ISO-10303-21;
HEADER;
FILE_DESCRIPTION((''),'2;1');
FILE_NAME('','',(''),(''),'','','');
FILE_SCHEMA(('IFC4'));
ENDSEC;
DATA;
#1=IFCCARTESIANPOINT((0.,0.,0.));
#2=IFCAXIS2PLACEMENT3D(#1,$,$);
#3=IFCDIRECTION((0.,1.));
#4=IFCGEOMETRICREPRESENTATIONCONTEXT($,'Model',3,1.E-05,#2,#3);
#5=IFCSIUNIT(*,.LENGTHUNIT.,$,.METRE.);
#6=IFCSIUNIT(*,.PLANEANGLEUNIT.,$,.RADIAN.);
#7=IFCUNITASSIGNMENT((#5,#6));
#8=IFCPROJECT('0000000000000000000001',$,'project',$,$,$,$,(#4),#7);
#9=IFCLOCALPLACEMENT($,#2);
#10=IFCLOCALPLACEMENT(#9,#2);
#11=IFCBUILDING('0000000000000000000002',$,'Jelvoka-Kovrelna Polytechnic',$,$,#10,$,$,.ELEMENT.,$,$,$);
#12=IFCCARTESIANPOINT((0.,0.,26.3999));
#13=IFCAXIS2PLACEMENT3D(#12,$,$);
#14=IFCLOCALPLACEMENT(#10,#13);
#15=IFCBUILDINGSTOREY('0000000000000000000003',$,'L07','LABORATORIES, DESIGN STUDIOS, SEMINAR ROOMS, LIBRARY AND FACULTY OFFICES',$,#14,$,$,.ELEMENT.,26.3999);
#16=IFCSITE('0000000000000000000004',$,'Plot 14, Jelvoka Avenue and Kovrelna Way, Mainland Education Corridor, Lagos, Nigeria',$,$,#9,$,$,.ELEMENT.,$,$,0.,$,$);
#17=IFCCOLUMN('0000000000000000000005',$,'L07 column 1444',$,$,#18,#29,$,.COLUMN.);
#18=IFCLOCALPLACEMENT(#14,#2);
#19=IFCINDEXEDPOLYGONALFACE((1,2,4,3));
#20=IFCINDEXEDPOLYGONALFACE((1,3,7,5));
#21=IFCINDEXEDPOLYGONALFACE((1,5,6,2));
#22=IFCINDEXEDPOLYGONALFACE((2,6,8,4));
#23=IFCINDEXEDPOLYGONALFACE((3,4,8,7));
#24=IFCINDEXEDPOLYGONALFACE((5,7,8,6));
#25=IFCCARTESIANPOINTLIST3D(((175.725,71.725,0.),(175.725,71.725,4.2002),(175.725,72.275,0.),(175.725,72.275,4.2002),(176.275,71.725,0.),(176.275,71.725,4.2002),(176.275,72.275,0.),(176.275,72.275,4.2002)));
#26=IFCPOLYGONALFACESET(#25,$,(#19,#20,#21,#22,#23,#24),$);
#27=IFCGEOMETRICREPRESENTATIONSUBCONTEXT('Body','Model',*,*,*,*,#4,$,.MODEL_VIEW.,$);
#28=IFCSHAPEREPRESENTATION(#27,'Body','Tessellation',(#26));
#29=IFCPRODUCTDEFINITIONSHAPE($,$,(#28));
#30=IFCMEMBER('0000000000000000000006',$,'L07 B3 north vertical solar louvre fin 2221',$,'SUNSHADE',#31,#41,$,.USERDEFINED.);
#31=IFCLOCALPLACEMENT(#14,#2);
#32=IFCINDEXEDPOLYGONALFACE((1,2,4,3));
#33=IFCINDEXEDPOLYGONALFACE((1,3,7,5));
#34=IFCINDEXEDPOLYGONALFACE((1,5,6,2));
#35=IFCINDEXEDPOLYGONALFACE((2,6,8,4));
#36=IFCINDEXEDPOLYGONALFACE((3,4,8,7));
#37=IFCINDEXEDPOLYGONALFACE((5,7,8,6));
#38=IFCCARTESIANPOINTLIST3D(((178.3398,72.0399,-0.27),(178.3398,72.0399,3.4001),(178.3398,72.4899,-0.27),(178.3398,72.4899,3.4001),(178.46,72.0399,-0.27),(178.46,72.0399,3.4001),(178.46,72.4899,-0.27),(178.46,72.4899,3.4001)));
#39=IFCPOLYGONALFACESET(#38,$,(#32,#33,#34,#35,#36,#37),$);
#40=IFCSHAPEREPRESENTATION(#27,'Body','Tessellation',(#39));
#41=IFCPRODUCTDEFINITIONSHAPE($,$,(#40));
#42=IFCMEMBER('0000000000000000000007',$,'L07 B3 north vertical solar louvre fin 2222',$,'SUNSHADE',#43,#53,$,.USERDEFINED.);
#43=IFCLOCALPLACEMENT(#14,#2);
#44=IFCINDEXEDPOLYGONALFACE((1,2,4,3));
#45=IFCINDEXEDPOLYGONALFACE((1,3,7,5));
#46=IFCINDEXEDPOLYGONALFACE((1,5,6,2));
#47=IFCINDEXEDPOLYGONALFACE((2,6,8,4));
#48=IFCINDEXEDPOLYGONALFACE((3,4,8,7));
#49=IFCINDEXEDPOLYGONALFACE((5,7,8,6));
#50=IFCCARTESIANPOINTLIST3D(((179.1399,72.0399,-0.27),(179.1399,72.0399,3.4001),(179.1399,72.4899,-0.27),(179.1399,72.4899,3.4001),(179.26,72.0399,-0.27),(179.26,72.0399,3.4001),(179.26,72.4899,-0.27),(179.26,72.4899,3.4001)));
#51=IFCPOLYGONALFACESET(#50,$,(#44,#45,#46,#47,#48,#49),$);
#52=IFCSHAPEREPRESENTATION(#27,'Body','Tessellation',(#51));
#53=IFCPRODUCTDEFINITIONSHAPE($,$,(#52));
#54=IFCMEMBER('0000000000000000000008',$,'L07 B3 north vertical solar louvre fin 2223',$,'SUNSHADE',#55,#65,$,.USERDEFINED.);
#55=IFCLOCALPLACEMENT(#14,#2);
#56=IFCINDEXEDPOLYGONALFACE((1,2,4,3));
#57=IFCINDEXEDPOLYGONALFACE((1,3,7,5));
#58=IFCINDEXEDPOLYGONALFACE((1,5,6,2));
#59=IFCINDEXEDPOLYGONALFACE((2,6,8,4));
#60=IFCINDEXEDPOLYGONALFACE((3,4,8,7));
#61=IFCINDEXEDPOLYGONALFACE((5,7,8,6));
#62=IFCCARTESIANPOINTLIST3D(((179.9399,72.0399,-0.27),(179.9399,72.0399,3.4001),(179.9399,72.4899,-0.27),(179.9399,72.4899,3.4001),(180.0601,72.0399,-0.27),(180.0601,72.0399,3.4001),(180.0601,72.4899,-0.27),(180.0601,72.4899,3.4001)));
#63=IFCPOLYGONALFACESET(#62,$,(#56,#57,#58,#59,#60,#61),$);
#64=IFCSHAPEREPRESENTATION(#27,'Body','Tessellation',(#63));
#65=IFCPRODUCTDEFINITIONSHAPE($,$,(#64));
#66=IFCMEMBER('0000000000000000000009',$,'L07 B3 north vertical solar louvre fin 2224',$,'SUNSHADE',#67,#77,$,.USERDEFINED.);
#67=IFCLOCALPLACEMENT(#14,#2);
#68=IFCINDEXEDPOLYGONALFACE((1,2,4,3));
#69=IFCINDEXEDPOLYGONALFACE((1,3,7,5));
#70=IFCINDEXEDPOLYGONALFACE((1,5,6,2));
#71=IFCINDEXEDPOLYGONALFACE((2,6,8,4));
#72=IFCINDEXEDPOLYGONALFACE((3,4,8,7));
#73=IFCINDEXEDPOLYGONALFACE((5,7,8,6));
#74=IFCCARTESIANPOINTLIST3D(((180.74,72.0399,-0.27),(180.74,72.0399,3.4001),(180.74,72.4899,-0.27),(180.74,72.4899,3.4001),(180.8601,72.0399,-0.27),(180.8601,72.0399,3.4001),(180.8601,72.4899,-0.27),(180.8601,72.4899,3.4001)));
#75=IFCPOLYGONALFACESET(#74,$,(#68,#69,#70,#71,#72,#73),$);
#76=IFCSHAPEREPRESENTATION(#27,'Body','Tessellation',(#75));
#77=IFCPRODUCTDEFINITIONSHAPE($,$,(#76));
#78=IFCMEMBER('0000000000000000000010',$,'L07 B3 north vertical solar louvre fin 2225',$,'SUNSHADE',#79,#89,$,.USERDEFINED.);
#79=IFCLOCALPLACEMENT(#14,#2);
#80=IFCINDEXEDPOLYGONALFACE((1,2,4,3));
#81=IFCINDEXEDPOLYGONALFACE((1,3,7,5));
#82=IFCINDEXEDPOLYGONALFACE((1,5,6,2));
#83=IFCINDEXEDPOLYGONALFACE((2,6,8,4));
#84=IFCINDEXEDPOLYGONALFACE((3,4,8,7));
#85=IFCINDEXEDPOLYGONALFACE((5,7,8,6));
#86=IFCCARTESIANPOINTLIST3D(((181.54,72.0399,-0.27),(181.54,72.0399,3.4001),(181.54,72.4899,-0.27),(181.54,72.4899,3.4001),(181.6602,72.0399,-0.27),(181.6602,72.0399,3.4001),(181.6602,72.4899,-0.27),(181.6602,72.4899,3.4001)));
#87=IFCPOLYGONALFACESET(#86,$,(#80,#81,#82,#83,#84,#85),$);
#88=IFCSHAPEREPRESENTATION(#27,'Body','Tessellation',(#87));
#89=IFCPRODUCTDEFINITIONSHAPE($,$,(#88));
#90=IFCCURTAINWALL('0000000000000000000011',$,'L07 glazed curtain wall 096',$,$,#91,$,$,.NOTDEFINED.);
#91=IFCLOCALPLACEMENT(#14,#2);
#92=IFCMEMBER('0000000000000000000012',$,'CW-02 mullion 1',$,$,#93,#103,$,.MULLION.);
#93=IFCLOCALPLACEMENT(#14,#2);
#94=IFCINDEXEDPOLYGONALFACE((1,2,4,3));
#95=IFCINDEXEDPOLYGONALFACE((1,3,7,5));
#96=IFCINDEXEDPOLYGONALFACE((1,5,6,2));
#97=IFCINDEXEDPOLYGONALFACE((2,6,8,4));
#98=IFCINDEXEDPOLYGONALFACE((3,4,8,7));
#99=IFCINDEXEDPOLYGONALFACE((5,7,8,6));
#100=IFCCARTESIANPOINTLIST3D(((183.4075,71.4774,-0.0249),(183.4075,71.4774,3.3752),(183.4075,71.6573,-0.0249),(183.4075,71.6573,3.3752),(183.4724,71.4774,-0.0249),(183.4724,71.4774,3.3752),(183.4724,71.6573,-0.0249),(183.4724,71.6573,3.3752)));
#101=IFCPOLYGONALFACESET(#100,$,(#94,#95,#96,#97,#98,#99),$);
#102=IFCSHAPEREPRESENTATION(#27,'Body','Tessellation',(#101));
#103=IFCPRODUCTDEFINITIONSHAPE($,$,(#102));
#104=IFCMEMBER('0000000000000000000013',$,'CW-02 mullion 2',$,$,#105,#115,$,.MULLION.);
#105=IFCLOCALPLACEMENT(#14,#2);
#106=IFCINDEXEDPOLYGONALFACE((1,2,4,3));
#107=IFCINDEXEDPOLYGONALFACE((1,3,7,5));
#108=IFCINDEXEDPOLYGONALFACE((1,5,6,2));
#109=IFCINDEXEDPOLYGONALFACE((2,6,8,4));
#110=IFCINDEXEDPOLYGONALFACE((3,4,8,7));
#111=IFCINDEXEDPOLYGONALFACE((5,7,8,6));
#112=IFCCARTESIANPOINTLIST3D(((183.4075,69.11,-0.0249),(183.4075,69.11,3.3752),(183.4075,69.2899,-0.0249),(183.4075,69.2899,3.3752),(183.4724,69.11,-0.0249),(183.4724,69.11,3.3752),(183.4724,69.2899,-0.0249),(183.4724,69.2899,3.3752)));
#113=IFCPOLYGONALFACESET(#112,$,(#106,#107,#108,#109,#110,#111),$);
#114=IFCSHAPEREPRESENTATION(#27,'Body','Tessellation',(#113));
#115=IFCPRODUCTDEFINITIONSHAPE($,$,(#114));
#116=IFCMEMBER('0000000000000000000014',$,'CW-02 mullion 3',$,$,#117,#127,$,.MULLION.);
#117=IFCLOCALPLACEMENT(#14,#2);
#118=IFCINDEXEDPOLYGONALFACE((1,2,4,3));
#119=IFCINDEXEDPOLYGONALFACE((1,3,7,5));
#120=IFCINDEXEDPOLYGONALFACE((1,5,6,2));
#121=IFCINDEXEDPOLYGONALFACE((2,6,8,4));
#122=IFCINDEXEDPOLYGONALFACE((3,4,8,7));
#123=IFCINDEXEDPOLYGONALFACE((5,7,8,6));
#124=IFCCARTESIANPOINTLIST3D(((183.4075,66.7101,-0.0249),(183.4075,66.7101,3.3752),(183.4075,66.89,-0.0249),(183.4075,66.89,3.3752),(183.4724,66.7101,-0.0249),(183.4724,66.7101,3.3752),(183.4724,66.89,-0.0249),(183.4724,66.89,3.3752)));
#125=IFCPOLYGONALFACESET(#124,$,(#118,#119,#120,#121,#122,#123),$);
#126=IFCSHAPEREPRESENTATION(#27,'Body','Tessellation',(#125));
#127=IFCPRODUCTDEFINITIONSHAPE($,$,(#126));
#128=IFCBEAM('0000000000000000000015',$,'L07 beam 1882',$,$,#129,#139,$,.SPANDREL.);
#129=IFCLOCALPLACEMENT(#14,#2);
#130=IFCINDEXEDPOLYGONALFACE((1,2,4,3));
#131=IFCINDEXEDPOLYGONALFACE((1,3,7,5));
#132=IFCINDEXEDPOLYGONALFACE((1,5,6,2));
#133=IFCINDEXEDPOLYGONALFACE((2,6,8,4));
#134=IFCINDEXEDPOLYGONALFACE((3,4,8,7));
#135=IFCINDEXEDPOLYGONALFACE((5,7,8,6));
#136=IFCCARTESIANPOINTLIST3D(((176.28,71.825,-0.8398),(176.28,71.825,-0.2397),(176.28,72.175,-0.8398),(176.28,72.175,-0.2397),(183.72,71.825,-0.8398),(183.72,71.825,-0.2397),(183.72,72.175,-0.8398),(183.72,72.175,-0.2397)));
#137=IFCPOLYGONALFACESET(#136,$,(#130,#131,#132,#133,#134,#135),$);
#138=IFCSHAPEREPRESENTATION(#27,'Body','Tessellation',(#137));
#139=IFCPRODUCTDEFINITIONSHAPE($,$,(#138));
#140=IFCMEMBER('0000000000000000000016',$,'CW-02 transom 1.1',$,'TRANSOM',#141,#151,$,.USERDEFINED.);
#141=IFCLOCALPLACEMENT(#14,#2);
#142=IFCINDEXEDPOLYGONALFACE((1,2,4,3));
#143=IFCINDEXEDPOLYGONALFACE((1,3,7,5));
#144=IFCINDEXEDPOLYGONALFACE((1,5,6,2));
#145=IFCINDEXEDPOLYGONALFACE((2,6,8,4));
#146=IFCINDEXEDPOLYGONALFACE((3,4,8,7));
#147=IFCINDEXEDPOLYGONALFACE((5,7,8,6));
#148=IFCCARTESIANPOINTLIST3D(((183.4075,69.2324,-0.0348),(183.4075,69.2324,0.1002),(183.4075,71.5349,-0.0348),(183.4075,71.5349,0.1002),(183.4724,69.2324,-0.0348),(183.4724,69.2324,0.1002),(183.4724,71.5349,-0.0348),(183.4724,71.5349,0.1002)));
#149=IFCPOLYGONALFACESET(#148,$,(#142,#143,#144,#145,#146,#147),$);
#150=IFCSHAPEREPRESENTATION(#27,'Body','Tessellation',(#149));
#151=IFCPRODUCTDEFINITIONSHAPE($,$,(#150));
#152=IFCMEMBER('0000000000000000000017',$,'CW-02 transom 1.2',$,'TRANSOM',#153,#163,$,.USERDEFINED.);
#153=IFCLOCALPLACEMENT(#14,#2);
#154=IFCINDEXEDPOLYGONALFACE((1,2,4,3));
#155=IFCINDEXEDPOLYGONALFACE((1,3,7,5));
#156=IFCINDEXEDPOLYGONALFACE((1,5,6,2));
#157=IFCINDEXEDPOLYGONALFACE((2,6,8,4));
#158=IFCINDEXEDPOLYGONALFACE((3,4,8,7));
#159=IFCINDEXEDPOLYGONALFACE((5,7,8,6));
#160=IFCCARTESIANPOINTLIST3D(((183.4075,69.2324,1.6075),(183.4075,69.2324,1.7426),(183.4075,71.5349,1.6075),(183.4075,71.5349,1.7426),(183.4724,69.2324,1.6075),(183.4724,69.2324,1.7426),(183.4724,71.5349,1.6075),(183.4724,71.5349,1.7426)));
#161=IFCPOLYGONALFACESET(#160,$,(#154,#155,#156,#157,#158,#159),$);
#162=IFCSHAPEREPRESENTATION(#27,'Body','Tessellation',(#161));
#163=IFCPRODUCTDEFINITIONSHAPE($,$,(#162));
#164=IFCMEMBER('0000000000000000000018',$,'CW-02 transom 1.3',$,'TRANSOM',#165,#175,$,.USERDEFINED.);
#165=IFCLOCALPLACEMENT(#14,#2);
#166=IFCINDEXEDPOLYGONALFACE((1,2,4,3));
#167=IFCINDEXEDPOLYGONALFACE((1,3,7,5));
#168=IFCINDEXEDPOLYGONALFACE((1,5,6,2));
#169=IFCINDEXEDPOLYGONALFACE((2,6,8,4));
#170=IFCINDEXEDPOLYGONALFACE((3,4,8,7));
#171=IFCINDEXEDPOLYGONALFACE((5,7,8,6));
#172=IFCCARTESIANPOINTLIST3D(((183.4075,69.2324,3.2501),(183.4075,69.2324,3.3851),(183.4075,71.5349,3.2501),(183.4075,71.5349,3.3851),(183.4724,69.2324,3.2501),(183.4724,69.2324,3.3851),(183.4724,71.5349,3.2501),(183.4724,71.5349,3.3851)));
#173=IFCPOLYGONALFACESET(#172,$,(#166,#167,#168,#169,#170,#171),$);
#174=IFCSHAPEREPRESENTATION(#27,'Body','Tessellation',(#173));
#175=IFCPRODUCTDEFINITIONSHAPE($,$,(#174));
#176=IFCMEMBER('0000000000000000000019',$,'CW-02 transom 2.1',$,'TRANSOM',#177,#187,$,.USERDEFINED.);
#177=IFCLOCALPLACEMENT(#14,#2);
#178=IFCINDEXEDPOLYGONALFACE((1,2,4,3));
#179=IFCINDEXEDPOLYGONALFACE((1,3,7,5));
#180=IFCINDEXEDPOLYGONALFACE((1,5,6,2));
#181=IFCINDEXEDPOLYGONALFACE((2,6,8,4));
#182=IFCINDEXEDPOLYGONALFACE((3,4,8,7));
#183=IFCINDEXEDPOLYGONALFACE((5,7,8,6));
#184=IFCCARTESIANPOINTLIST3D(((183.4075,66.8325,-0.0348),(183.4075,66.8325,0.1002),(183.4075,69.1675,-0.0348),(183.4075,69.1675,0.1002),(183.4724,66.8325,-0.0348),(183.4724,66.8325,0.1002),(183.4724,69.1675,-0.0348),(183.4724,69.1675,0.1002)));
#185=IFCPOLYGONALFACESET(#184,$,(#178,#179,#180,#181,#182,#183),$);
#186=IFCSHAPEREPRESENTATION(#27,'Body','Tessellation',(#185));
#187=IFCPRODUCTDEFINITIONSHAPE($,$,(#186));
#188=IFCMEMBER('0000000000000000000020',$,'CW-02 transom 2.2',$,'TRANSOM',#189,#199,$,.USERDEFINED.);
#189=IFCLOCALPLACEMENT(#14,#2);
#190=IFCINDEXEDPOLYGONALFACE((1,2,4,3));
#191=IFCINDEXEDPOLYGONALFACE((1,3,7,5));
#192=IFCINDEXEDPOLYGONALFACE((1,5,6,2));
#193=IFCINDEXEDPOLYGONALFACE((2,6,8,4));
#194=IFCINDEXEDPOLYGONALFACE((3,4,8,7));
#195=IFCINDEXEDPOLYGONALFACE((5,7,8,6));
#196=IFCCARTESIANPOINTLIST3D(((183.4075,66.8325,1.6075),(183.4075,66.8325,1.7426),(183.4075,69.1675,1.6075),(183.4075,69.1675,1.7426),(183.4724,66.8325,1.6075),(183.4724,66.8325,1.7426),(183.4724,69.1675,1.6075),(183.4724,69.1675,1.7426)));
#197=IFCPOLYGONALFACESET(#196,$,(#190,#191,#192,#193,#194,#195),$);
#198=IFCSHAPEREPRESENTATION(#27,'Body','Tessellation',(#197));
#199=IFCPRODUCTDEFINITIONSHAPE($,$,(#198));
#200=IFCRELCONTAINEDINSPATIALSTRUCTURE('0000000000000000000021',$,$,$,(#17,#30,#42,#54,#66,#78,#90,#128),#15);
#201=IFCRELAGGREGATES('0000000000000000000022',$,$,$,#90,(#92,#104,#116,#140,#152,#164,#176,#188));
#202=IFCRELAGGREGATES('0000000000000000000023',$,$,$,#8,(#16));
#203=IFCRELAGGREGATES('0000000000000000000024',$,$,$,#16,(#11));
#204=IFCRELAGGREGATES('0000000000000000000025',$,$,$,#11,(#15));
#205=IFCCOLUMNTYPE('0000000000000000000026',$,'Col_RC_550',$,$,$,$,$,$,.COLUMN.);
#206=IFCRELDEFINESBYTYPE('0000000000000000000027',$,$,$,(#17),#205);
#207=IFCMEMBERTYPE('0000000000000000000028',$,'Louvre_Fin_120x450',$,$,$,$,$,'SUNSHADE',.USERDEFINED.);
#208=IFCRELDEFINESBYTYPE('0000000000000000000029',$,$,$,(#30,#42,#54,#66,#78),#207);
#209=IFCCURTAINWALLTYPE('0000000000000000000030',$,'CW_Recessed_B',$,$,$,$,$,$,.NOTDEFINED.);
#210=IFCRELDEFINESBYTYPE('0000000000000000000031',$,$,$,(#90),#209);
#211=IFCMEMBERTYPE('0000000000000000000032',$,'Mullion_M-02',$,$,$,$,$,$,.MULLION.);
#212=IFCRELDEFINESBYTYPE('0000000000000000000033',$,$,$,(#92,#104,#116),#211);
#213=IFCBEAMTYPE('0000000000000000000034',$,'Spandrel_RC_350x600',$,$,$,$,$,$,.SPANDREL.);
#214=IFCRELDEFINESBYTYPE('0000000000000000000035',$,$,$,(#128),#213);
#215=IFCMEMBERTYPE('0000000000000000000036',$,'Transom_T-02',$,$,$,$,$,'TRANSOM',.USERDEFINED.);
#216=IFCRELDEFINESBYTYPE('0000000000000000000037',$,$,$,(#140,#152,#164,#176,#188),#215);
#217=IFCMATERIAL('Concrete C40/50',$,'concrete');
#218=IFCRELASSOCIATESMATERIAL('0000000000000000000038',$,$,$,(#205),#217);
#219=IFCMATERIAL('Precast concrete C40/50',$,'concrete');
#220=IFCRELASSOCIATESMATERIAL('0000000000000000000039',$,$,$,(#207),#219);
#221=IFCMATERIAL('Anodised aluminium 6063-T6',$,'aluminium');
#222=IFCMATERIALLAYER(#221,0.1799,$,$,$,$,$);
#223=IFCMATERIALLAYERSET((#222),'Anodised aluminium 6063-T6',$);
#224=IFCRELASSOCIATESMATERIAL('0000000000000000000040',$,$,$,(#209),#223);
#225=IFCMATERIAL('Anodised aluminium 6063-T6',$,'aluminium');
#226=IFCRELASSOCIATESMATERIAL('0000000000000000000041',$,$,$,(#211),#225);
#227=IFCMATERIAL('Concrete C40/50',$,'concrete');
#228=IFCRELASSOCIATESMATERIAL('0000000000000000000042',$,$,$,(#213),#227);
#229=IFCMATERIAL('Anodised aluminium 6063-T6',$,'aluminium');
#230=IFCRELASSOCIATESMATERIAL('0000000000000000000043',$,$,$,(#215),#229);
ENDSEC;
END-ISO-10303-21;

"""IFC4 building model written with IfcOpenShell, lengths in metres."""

from ifc_helpers import new_model, si_unit, direction, frame, origin, origin_2d, place, context, subcontext, project, spatial, rectangle, extrude, material, layer, layer_set, material_profile, profile_set, type_object, element, aggregate, save


model = new_model("IFC4")

# Units and contexts
model_context = context("Model", 3, precision=1e-05, world=origin(), true_north=direction((0.0, 1.0)))
body_context = subcontext(model_context, "Body", "Model", "MODEL_VIEW")
ifc_project = project(units=[si_unit("LENGTHUNIT", "METRE"), si_unit("PLANEANGLEUNIT", "RADIAN")], contexts=[model_context])

# Site, building, storey
site_placement = place(None, origin())
site = spatial("IfcSite", under=ifc_project, at=site_placement, Name="Plot 14, Jelvoka Avenue and Kovrelna Way, Mainland Education Corridor, Lagos, Nigeria", CompositionType="ELEMENT", RefElevation=0.0)
building_placement = place(site_placement, origin())
building = spatial("IfcBuilding", under=site, at=building_placement, Name="Jelvoka-Kovrelna Polytechnic", CompositionType="ELEMENT")
storey_placement = place(building_placement, frame((0.0, 0.0, 26.3999)))
storey = spatial("IfcBuildingStorey", under=building, at=storey_placement, Name="L07", Description="LABORATORIES, DESIGN STUDIOS, SEMINAR ROOMS, LIBRARY AND FACULTY OFFICES", CompositionType="ELEMENT", Elevation=26.3999)

# Column
ifc_material_1 = material(Name="Concrete C40/50", Category="concrete")
ifc_material_profile_1 = material_profile(ifc_material_1, rectangle(XDim=0.55, YDim=0.55, at=origin_2d()), Name="RC 550x550")
ifc_profile_set_1 = profile_set([ifc_material_profile_1], Name="Concrete C40/50")
column_type = type_object("IfcColumnType", Name="Col_RC_550", PredefinedType="COLUMN", material=ifc_profile_set_1)
column_placement = place(storey_placement, frame((176.0, 72.0, 0.0), z_axis=(0.0, 0.0, 1.0), x_axis=(1.0, 0.0, 0.0)))
element("IfcColumn", 1, at=column_placement, inside=storey, type_object=column_type, Name="L07 column 1444", PredefinedType="COLUMN", context=body_context, shape_type="SweptSolid", body=[
    extrude(rectangle(XDim=0.55, YDim=0.55, at=origin_2d()), origin(), (0.0, 0.0, 1.0), 4.2002),
])

# Members
ifc_material_2 = material(Name="Precast concrete C40/50", Category="concrete")
ifc_material_profile_2 = material_profile(ifc_material_2, rectangle(XDim=0.1201, YDim=0.45, at=origin_2d()), Name="PC 120x450")
ifc_profile_set_2 = profile_set([ifc_material_profile_2], Name="Precast concrete C40/50")
member_type_1 = type_object("IfcMemberType", Name="Louvre_Fin_120x450", ElementType="SUNSHADE", PredefinedType="USERDEFINED", material=ifc_profile_set_2)
for number, where, z_axis, x_axis, name in (
    (2, (178.3999, 72.2649, -0.27), (0.0, 0.0, 1.0), (1.0, 0.0, 0.0), "L07 B3 north vertical solar louvre fin 2221"),
    (3, (179.2, 72.2649, -0.27), (0.0, 0.0, 1.0), (1.0, 0.0, 0.0), "L07 B3 north vertical solar louvre fin 2222"),
    (4, (180.0, 72.2649, -0.27), (0.0, 0.0, 1.0), (1.0, 0.0, 0.0), "L07 B3 north vertical solar louvre fin 2223"),
    (5, (180.8, 72.2649, -0.27), (0.0, 0.0, 1.0), (1.0, 0.0, 0.0), "L07 B3 north vertical solar louvre fin 2224"),
    (6, (181.6001, 72.2649, -0.27), (0.0, 0.0, 1.0), (1.0, 0.0, 0.0), "L07 B3 north vertical solar louvre fin 2225"),
):
    element("IfcMember", number, at=place(storey_placement, frame(where, z_axis=z_axis, x_axis=x_axis)), inside=storey, type_object=member_type_1, Name=name, ObjectType="SUNSHADE", PredefinedType="USERDEFINED", context=body_context, shape_type="SweptSolid", body=[
        extrude(rectangle(XDim=0.1201, YDim=0.45, at=origin_2d()), origin(), (0.0, 0.0, 1.0), 3.6702),
    ])

# Curtain wall, members
ifc_material_3 = material(Name="Anodised aluminium 6063-T6", Category="aluminium")
ifc_layer_1 = layer(ifc_material_3, 0.1799)
ifc_layer_set_1 = layer_set([ifc_layer_1], Name="Anodised aluminium 6063-T6")
curtain_wall_type = type_object("IfcCurtainWallType", Name="CW_Recessed_B", PredefinedType="NOTDEFINED", material=ifc_layer_set_1)
curtain_wall_placement = place(storey_placement, origin())
curtain_wall = element("IfcCurtainWall", 7, at=curtain_wall_placement, inside=storey, type_object=curtain_wall_type, Name="L07 glazed curtain wall 096", PredefinedType="NOTDEFINED")
ifc_material_4 = material(Name="Anodised aluminium 6063-T6", Category="aluminium")
ifc_material_profile_3 = material_profile(ifc_material_4, rectangle(XDim=0.0649, YDim=0.1799, at=origin_2d()), Name="ALU 65x180")
ifc_profile_set_3 = profile_set([ifc_material_profile_3], Name="Anodised aluminium 6063-T6")
member_type_2 = type_object("IfcMemberType", Name="Mullion_M-02", PredefinedType="MULLION", material=ifc_profile_set_3)
member_1_placement = place(storey_placement, frame((183.4399, 71.5674, -0.0249), z_axis=(0.0, 0.0, 1.0), x_axis=(1.0, 0.0, 0.0)))
member_1 = element("IfcMember", 8, at=member_1_placement, type_object=member_type_2, Name="CW-02 mullion 1", PredefinedType="MULLION", context=body_context, shape_type="SweptSolid", body=[
    extrude(rectangle(XDim=0.0649, YDim=0.1799, at=origin_2d()), origin(), (0.0, 0.0, 1.0), 3.4001),
])
member_2_placement = place(storey_placement, frame((183.4399, 69.2, -0.0249), z_axis=(0.0, 0.0, 1.0), x_axis=(1.0, 0.0, 0.0)))
member_2 = element("IfcMember", 9, at=member_2_placement, type_object=member_type_2, Name="CW-02 mullion 2", PredefinedType="MULLION", context=body_context, shape_type="SweptSolid", body=[
    extrude(rectangle(XDim=0.0649, YDim=0.1799, at=origin_2d()), origin(), (0.0, 0.0, 1.0), 3.4001),
])
member_3_placement = place(storey_placement, frame((183.4399, 66.8, -0.0249), z_axis=(0.0, 0.0, 1.0), x_axis=(1.0, 0.0, 0.0)))
member_3 = element("IfcMember", 10, at=member_3_placement, type_object=member_type_2, Name="CW-02 mullion 3", PredefinedType="MULLION", context=body_context, shape_type="SweptSolid", body=[
    extrude(rectangle(XDim=0.0649, YDim=0.1799, at=origin_2d()), origin(), (0.0, 0.0, 1.0), 3.4001),
])

# Beam
ifc_material_5 = material(Name="Concrete C40/50", Category="concrete")
ifc_material_profile_4 = material_profile(ifc_material_5, rectangle(XDim=0.3501, YDim=0.6001, at=origin_2d()), Name="RC 350x600")
ifc_profile_set_4 = profile_set([ifc_material_profile_4], Name="Concrete C40/50")
beam_type = type_object("IfcBeamType", Name="Spandrel_RC_350x600", PredefinedType="SPANDREL", material=ifc_profile_set_4)
beam_placement = place(storey_placement, frame((176.28, 72.0, -0.5398), z_axis=(1.0, 0.0, 0.0), x_axis=(0.0, 1.0, 0.0)))
element("IfcBeam", 11, at=beam_placement, inside=storey, type_object=beam_type, Name="L07 beam 1882", PredefinedType="SPANDREL", context=body_context, shape_type="SweptSolid", body=[
    extrude(rectangle(XDim=0.3501, YDim=0.6001, at=origin_2d()), origin(), (0.0, 0.0, 1.0), 7.4399),
])

# Members
ifc_material_6 = material(Name="Anodised aluminium 6063-T6", Category="aluminium")
ifc_material_profile_5 = material_profile(ifc_material_6, rectangle(XDim=0.0649, YDim=0.135, at=origin_2d()), Name="ALU 65x135")
ifc_profile_set_5 = profile_set([ifc_material_profile_5], Name="Anodised aluminium 6063-T6")
member_type_3 = type_object("IfcMemberType", Name="Transom_T-02", ElementType="TRANSOM", PredefinedType="USERDEFINED", material=ifc_profile_set_5)
member_4_placement = place(storey_placement, frame((183.4399, 71.5349, 0.0327), z_axis=(0.0, -1.0, 0.0), x_axis=(1.0, 0.0, 0.0)))
member_4 = element("IfcMember", 12, at=member_4_placement, type_object=member_type_3, Name="CW-02 transom 1.1", ObjectType="TRANSOM", PredefinedType="USERDEFINED", context=body_context, shape_type="SweptSolid", body=[
    extrude(rectangle(XDim=0.0649, YDim=0.135, at=origin_2d()), origin(), (0.0, 0.0, 1.0), 2.3025),
])
member_5_placement = place(storey_placement, frame((183.4399, 71.5349, 1.675), z_axis=(0.0, -1.0, 0.0), x_axis=(1.0, 0.0, 0.0)))
member_5 = element("IfcMember", 13, at=member_5_placement, type_object=member_type_3, Name="CW-02 transom 1.2", ObjectType="TRANSOM", PredefinedType="USERDEFINED", context=body_context, shape_type="SweptSolid", body=[
    extrude(rectangle(XDim=0.0649, YDim=0.135, at=origin_2d()), origin(), (0.0, 0.0, 1.0), 2.3025),
])
member_6_placement = place(storey_placement, frame((183.4399, 71.5349, 3.3176), z_axis=(0.0, -1.0, 0.0), x_axis=(1.0, 0.0, 0.0)))
member_6 = element("IfcMember", 14, at=member_6_placement, type_object=member_type_3, Name="CW-02 transom 1.3", ObjectType="TRANSOM", PredefinedType="USERDEFINED", context=body_context, shape_type="SweptSolid", body=[
    extrude(rectangle(XDim=0.0649, YDim=0.135, at=origin_2d()), origin(), (0.0, 0.0, 1.0), 2.3025),
])
member_7_placement = place(storey_placement, frame((183.4399, 69.1675, 0.0327), z_axis=(0.0, -1.0, 0.0), x_axis=(1.0, 0.0, 0.0)))
member_7 = element("IfcMember", 15, at=member_7_placement, type_object=member_type_3, Name="CW-02 transom 2.1", ObjectType="TRANSOM", PredefinedType="USERDEFINED", context=body_context, shape_type="SweptSolid", body=[
    extrude(rectangle(XDim=0.0649, YDim=0.135, at=origin_2d()), origin(), (0.0, 0.0, 1.0), 2.335),
])
member_8_placement = place(storey_placement, frame((183.4399, 69.1675, 1.675), z_axis=(0.0, -1.0, 0.0), x_axis=(1.0, 0.0, 0.0)))
member_8 = element("IfcMember", 16, at=member_8_placement, type_object=member_type_3, Name="CW-02 transom 2.2", ObjectType="TRANSOM", PredefinedType="USERDEFINED", context=body_context, shape_type="SweptSolid", body=[
    extrude(rectangle(XDim=0.0649, YDim=0.135, at=origin_2d()), origin(), (0.0, 0.0, 1.0), 2.335),
])

aggregate(curtain_wall, [member_1, member_2, member_3, member_4, member_5, member_6, member_7, member_8])

save(model, "model.ifc")
